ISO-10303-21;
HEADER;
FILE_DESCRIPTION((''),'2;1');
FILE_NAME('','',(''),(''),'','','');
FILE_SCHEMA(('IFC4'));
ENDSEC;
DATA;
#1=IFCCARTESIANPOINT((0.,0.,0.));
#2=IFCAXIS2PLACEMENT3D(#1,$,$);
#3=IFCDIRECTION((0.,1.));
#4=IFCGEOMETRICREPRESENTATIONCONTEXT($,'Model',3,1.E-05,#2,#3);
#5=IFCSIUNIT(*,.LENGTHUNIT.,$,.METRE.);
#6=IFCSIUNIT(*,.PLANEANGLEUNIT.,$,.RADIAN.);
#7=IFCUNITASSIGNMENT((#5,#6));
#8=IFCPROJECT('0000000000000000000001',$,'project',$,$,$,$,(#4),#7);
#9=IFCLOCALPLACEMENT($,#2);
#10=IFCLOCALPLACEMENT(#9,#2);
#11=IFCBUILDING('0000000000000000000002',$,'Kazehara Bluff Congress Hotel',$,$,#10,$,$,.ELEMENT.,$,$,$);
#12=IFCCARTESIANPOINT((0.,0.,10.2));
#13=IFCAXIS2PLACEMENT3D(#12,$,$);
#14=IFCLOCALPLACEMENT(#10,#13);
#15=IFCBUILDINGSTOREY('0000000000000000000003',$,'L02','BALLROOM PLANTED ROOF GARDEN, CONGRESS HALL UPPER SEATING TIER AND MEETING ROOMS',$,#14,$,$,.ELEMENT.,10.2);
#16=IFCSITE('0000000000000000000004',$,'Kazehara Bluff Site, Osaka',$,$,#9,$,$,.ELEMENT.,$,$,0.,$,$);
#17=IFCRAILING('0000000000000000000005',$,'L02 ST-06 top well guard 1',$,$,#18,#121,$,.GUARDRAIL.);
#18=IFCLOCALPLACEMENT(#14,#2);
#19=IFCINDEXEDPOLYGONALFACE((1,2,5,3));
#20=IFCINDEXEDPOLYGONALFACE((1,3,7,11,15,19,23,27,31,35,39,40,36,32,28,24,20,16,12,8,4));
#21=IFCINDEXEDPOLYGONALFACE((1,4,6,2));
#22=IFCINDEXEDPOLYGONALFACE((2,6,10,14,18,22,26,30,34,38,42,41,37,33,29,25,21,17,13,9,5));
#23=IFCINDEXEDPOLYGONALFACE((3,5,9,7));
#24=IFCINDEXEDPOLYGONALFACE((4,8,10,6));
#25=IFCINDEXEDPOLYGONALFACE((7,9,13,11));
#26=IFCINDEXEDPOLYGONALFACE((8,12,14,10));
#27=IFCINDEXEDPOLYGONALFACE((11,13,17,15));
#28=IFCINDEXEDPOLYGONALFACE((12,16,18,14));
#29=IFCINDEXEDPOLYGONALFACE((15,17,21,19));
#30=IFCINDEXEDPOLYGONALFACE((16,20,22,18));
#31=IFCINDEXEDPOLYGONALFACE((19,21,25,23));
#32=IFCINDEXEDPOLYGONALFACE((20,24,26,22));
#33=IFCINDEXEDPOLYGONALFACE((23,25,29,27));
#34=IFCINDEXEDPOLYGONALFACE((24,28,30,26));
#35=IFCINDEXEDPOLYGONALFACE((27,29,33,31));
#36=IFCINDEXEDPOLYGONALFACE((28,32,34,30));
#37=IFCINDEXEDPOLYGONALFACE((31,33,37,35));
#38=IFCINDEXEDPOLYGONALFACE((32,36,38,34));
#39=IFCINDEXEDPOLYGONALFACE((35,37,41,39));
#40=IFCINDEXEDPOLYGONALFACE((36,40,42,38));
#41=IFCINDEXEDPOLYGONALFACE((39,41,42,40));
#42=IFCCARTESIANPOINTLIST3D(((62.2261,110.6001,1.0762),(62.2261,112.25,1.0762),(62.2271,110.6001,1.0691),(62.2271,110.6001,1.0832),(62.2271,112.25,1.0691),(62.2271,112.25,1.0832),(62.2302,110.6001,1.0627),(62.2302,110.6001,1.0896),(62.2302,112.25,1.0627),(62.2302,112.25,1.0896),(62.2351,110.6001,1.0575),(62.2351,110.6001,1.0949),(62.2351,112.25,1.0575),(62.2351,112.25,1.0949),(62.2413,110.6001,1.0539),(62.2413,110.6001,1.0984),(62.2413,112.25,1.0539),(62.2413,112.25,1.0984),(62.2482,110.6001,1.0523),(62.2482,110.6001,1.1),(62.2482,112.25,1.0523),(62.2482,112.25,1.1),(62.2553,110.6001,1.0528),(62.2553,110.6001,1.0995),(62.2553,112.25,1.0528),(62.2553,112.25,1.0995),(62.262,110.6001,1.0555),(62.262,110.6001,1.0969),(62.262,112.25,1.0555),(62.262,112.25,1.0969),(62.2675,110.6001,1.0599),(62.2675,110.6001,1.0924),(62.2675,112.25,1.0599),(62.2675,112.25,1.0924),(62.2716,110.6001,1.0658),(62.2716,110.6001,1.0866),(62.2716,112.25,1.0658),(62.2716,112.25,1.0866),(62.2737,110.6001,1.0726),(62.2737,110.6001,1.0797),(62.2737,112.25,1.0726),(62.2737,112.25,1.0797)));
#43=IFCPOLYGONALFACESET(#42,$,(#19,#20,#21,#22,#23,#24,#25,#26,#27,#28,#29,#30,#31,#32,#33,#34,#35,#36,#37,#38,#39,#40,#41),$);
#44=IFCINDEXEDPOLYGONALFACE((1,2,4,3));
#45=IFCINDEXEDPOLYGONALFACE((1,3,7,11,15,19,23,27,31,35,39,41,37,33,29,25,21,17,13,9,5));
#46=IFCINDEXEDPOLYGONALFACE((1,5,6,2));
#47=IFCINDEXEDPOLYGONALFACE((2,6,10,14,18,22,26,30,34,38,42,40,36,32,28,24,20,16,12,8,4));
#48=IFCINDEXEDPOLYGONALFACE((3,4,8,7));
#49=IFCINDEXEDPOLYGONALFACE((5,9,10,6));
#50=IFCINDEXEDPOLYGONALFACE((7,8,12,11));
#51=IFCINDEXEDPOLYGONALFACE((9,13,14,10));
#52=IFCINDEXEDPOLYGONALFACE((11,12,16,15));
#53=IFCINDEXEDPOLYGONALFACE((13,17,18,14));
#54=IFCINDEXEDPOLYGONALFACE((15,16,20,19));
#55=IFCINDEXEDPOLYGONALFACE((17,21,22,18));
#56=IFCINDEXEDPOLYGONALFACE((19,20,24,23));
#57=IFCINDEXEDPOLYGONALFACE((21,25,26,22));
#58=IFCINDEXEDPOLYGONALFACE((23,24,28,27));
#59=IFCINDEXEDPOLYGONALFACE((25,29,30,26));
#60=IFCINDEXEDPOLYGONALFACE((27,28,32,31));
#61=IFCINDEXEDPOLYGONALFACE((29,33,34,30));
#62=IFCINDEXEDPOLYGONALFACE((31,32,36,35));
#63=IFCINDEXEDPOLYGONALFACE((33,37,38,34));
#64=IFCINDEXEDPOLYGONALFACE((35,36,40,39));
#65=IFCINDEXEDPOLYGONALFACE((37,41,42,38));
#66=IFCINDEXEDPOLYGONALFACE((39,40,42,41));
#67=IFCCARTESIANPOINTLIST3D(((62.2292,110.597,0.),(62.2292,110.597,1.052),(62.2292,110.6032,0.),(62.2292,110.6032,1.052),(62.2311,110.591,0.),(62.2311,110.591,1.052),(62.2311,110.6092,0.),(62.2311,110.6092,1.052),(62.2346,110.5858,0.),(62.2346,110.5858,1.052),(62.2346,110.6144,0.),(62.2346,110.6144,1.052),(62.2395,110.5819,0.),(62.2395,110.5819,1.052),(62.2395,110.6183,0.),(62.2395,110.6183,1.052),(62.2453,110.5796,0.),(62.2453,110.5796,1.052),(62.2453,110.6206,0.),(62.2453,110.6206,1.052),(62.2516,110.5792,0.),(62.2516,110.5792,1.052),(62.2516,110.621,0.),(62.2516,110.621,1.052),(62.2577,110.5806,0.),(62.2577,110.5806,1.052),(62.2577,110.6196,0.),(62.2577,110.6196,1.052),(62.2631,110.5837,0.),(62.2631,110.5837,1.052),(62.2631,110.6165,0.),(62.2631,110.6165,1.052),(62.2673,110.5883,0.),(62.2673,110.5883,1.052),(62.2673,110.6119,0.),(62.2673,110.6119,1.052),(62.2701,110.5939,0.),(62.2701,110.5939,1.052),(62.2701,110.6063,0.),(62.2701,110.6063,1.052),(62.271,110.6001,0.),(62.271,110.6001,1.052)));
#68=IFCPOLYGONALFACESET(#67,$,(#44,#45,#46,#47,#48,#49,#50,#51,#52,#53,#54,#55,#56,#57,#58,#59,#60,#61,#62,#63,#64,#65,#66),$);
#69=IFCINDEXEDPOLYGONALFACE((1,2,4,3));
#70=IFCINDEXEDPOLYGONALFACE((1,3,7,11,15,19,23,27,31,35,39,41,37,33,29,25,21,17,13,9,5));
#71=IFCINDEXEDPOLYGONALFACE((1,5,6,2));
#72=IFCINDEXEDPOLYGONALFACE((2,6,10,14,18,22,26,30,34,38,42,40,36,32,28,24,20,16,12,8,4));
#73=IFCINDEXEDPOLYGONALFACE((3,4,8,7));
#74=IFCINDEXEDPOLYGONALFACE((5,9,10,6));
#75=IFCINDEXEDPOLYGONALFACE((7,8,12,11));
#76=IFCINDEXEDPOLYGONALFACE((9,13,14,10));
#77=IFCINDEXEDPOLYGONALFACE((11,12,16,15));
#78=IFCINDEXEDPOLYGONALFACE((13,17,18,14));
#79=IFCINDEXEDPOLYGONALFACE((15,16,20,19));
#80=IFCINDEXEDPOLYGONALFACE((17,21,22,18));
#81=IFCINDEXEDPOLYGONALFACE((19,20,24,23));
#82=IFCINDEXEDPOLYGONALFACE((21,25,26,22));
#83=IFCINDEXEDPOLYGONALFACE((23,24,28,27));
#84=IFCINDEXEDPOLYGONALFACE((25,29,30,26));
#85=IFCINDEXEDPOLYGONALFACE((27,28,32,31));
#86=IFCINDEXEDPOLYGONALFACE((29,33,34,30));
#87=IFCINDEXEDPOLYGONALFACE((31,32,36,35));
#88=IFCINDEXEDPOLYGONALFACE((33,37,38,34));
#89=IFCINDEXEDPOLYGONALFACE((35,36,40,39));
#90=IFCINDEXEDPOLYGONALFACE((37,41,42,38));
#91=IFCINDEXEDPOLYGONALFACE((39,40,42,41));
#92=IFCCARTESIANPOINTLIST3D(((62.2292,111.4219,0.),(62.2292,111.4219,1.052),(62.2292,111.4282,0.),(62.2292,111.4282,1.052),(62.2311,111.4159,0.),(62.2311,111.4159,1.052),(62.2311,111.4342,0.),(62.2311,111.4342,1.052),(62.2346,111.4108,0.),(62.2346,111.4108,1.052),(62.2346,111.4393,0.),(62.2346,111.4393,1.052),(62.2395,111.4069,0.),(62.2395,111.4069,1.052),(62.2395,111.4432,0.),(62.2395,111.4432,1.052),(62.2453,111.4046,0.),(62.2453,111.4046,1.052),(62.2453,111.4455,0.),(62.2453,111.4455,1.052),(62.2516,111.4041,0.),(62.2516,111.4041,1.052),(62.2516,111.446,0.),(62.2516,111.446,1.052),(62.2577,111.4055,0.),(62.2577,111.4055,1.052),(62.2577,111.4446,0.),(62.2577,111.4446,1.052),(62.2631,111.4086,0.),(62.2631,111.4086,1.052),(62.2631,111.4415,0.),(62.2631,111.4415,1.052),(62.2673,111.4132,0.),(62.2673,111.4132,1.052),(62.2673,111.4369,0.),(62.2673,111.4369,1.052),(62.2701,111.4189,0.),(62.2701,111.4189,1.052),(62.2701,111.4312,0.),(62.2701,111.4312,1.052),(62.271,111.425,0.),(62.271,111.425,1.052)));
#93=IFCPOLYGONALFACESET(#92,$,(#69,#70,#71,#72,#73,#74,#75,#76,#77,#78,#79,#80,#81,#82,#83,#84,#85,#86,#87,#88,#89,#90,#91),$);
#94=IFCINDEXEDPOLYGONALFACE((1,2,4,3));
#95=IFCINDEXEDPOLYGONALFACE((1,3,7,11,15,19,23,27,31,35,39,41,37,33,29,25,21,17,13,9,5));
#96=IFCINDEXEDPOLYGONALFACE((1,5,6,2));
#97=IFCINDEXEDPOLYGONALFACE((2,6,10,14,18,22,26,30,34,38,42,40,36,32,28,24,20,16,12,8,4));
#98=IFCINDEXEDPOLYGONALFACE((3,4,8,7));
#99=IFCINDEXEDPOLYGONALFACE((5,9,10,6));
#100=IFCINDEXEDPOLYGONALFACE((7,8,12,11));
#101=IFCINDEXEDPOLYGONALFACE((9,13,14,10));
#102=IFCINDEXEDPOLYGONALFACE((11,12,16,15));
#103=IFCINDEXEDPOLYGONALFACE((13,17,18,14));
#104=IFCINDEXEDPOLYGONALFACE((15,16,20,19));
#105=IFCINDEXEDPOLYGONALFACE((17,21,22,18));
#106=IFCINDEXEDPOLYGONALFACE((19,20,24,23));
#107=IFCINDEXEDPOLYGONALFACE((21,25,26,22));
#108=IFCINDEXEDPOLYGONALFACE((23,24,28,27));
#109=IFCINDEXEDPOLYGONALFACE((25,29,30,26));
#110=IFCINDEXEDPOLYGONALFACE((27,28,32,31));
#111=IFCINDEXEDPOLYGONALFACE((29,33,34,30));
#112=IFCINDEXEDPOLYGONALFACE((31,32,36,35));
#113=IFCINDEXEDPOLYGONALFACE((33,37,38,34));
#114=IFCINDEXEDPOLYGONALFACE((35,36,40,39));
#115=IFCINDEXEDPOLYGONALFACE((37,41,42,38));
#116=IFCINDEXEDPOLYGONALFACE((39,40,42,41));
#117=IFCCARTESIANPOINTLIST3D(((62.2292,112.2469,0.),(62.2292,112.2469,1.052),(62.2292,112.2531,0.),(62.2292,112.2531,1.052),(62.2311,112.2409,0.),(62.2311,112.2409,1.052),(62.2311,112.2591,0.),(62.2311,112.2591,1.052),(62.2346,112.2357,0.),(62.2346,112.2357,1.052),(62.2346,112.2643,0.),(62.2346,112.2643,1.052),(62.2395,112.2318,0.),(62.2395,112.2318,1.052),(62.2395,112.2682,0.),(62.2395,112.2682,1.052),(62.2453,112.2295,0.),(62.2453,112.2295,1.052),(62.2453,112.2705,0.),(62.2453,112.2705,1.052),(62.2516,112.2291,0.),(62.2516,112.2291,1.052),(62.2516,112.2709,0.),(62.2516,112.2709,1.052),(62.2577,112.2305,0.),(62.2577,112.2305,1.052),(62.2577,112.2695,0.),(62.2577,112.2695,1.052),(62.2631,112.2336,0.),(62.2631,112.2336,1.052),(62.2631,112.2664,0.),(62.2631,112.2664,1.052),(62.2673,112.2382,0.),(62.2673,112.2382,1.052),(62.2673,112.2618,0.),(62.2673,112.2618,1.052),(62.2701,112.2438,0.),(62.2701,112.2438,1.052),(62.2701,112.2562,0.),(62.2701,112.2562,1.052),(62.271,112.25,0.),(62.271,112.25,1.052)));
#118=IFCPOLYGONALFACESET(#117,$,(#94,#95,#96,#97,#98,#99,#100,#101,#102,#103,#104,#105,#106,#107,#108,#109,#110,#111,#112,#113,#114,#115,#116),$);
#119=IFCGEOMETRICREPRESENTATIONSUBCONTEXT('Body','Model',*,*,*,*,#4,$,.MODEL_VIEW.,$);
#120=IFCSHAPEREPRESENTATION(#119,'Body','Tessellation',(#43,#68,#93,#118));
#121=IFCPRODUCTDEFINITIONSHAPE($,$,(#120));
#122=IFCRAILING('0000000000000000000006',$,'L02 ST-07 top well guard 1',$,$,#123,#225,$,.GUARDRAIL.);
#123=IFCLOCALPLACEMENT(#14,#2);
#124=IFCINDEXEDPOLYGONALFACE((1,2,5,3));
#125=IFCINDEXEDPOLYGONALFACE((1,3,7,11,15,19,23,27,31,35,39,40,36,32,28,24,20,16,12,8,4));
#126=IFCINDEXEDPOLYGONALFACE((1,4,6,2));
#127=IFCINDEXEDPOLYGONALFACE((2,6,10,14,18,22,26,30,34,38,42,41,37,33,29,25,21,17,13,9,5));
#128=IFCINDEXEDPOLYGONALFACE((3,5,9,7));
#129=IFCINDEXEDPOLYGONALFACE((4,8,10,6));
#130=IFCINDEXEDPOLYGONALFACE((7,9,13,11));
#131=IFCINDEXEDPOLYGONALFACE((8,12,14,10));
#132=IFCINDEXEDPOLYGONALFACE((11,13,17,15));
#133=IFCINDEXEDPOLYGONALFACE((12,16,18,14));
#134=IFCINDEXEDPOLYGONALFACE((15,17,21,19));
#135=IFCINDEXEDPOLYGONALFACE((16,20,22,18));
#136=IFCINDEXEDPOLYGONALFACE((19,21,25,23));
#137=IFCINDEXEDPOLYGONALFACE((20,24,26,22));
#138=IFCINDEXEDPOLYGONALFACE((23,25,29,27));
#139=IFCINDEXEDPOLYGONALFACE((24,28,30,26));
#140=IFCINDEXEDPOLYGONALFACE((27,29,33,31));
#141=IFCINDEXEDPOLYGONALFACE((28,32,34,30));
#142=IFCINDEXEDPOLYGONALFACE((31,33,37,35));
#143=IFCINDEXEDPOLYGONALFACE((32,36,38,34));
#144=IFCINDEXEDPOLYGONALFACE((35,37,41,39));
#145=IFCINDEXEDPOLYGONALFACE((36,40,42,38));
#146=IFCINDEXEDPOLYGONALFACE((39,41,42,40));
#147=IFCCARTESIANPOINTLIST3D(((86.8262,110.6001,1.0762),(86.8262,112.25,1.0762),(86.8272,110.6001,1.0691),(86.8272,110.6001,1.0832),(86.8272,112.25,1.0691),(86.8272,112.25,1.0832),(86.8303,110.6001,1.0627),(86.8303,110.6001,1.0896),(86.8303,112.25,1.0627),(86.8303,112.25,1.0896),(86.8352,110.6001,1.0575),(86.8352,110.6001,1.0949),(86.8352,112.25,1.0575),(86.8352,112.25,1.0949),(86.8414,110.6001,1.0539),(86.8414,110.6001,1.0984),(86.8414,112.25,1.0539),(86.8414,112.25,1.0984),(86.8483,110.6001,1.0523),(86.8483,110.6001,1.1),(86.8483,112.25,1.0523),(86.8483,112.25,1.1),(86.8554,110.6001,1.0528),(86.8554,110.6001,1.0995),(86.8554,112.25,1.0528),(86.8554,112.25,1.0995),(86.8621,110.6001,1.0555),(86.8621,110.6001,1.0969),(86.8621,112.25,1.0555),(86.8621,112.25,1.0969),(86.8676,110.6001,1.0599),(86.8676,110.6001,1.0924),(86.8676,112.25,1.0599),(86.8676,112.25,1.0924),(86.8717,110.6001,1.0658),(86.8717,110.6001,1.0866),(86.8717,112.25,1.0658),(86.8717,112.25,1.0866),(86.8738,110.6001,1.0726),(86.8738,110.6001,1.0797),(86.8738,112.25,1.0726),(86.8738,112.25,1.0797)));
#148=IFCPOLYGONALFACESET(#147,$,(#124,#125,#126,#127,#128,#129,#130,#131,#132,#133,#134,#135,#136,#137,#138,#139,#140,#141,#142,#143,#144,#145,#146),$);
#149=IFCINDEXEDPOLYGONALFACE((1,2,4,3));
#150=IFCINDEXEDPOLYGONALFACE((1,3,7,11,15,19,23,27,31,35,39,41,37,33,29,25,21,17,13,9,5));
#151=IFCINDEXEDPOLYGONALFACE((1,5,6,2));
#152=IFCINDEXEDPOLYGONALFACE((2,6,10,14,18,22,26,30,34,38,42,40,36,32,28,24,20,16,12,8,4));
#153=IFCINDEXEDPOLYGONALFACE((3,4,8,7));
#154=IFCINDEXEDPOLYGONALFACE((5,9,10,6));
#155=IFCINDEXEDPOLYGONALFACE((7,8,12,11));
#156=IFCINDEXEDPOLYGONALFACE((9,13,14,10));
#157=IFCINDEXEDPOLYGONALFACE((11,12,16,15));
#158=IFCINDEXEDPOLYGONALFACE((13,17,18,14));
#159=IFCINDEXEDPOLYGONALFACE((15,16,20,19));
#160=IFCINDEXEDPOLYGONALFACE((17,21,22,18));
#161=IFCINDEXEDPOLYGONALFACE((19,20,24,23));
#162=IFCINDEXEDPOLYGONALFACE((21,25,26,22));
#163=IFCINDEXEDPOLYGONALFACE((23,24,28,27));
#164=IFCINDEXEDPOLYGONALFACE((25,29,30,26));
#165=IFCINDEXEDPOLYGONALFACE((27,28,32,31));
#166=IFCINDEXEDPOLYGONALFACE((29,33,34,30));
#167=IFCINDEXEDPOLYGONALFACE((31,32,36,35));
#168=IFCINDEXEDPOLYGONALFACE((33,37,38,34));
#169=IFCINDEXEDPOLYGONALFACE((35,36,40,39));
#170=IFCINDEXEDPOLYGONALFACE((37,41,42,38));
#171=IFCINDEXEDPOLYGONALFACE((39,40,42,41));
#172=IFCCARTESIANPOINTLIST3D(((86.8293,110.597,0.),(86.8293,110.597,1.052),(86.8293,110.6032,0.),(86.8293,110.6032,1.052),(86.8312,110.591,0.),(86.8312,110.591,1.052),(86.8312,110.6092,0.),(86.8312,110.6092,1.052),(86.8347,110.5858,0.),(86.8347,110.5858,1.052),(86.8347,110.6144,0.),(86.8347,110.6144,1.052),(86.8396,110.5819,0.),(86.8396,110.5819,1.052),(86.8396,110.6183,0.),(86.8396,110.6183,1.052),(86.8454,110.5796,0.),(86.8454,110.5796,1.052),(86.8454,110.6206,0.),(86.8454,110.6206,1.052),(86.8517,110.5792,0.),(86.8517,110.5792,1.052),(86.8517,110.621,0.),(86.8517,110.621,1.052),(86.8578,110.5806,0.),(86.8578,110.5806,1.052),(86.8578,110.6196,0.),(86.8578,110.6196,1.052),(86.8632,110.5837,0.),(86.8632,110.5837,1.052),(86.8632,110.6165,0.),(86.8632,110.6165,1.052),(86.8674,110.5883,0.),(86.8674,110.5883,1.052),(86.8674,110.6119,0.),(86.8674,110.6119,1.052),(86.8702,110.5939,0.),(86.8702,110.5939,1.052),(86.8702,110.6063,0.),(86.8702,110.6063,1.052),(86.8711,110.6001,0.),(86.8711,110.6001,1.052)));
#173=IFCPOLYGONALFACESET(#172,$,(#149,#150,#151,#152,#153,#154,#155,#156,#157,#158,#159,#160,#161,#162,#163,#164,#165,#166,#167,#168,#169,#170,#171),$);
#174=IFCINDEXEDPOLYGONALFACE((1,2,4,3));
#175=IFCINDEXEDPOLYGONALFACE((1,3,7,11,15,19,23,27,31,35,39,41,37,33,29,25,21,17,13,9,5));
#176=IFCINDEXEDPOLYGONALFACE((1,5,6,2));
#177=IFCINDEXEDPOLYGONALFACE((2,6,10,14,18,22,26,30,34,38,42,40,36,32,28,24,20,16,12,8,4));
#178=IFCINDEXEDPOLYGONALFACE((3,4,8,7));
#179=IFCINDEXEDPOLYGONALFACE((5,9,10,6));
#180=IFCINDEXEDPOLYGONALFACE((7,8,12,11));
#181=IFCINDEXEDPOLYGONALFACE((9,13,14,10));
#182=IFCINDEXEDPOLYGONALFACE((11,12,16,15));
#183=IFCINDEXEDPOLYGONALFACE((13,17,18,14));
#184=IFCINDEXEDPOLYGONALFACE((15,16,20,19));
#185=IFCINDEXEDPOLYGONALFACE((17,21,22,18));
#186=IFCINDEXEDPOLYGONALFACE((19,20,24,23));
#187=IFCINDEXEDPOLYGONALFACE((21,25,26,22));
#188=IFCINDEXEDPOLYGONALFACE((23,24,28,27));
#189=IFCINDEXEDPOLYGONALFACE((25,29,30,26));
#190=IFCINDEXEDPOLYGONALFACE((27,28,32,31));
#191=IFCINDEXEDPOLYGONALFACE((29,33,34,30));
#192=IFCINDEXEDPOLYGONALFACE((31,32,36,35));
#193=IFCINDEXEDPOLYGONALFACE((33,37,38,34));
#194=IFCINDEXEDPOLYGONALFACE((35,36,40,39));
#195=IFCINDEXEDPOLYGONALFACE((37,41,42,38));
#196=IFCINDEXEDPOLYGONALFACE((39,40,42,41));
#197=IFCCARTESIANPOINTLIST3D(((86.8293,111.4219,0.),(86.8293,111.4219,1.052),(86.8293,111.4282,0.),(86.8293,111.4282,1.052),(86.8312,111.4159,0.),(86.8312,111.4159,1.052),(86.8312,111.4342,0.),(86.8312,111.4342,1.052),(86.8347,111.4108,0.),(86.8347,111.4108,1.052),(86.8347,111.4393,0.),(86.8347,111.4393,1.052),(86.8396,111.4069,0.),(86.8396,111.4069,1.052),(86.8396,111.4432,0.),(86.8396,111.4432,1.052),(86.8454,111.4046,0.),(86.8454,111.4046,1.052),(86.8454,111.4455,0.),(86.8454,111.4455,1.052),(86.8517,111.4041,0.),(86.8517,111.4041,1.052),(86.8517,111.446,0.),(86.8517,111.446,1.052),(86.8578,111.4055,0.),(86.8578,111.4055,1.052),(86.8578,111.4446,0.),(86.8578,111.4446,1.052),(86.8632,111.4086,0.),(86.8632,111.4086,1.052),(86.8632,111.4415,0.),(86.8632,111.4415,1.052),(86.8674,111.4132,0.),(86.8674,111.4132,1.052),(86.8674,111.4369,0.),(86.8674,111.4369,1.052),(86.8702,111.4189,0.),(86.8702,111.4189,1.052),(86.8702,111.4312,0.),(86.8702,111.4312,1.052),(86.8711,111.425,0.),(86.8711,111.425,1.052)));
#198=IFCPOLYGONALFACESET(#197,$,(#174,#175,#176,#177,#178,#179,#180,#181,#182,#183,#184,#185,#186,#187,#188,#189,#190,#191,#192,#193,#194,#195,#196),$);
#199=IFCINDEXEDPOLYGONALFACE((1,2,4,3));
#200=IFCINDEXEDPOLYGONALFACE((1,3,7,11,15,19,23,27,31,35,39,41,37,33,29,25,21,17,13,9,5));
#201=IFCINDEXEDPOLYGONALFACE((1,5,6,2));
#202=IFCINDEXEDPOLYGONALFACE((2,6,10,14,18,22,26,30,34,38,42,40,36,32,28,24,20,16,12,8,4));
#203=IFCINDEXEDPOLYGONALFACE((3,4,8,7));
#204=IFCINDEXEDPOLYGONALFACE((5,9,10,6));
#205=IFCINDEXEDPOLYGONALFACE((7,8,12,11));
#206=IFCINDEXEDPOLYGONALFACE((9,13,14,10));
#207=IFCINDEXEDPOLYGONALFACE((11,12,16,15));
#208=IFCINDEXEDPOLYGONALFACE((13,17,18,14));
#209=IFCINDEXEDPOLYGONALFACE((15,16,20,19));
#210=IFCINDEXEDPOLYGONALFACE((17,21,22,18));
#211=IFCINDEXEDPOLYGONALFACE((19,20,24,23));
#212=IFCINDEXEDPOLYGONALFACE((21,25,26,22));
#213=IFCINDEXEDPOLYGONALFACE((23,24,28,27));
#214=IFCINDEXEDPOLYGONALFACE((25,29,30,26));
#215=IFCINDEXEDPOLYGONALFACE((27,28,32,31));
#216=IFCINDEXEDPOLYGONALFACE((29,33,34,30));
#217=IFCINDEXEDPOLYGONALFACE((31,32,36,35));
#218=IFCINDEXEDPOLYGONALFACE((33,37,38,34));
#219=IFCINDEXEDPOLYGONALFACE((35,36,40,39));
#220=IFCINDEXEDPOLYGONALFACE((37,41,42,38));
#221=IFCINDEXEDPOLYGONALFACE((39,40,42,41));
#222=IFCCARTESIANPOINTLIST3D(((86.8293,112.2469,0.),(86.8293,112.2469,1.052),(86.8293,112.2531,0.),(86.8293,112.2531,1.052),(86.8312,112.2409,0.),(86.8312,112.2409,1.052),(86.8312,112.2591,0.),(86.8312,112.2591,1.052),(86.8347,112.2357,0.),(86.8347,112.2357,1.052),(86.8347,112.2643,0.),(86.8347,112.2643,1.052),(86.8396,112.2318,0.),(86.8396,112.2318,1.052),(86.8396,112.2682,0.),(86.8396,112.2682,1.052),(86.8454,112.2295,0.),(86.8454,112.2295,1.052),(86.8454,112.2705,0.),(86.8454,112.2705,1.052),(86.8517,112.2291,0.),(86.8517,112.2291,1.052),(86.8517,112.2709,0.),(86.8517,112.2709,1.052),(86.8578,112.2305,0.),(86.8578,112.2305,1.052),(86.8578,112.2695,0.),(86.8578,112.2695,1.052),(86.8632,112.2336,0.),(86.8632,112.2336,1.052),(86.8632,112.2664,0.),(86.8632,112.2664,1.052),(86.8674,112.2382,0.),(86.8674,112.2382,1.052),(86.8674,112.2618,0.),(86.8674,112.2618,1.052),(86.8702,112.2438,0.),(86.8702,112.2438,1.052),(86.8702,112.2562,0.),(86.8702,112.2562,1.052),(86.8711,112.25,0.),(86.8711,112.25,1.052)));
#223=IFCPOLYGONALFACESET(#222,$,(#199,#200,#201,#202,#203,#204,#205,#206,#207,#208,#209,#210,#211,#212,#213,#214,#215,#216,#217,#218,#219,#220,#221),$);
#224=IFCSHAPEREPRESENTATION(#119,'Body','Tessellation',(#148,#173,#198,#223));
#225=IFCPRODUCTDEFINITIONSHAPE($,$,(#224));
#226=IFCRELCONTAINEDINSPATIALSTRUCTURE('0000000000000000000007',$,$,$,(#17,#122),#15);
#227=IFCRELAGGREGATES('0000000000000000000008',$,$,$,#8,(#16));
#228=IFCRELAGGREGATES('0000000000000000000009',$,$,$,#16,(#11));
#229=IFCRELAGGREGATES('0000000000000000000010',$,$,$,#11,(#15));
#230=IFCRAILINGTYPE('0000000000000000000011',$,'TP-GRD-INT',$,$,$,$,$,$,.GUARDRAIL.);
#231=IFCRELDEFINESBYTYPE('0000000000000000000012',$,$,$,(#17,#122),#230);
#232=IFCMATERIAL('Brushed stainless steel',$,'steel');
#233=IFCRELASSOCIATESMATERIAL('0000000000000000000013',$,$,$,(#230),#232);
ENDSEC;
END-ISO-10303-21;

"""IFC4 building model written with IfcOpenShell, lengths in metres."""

from ifc_helpers import new_model, si_unit, direction, frame, origin, origin_2d, place, context, subcontext, project, spatial, circle, extrude, material, type_object, element, save


model = new_model("IFC4")

# Units and contexts
model_context = context("Model", 3, precision=1e-05, world=origin(), true_north=direction((0.0, 1.0)))
body_context = subcontext(model_context, "Body", "Model", "MODEL_VIEW")
ifc_project = project(units=[si_unit("LENGTHUNIT", "METRE"), si_unit("PLANEANGLEUNIT", "RADIAN")], contexts=[model_context])

# Site, building, storey
site_placement = place(None, origin())
site = spatial("IfcSite", under=ifc_project, at=site_placement, Name="Kazehara Bluff Site, Osaka", CompositionType="ELEMENT", RefElevation=0.0)
building_placement = place(site_placement, origin())
building = spatial("IfcBuilding", under=site, at=building_placement, Name="Kazehara Bluff Congress Hotel", CompositionType="ELEMENT")
storey_placement = place(building_placement, frame((0.0, 0.0, 10.2)))
storey = spatial("IfcBuildingStorey", under=building, at=storey_placement, Name="L02", Description="BALLROOM PLANTED ROOF GARDEN, CONGRESS HALL UPPER SEATING TIER AND MEETING ROOMS", CompositionType="ELEMENT", Elevation=10.2)

# Railings
ifc_material_1 = material(Name="Brushed stainless steel", Category="steel")
railing_type = type_object("IfcRailingType", Name="TP-GRD-INT", PredefinedType="GUARDRAIL", material=ifc_material_1)
for number, where, name in (
    (1, (62.25, 110.6001, 0.0), "L02 ST-06 top well guard 1"),
    (2, (86.8501, 110.6001, 0.0), "L02 ST-07 top well guard 1"),
):
    element("IfcRailing", number, at=place(storey_placement, frame(where)), inside=storey, type_object=railing_type, Name=name, PredefinedType="GUARDRAIL", context=body_context, shape_type="SweptSolid", body=[
        extrude(circle(Radius=0.0239, at=origin_2d()), frame((0.0, 0.0, 1.0762), z_axis=(0.0, 1.0, 0.0), x_axis=(-1.0, 0.0, 0.0)), (0.0, 0.0, 1.0), 1.6499),
        extrude(circle(Radius=0.021, at=origin_2d()), origin(), (0.0, 0.0, 1.0), 1.052),
        extrude(circle(Radius=0.021, at=origin_2d()), frame((0.0, 0.825, 0.0)), (0.0, 0.0, 1.0), 1.052),
        extrude(circle(Radius=0.021, at=origin_2d()), frame((0.0, 1.6499, 0.0)), (0.0, 0.0, 1.0), 1.052),
    ])

save(model, "model.ifc")
